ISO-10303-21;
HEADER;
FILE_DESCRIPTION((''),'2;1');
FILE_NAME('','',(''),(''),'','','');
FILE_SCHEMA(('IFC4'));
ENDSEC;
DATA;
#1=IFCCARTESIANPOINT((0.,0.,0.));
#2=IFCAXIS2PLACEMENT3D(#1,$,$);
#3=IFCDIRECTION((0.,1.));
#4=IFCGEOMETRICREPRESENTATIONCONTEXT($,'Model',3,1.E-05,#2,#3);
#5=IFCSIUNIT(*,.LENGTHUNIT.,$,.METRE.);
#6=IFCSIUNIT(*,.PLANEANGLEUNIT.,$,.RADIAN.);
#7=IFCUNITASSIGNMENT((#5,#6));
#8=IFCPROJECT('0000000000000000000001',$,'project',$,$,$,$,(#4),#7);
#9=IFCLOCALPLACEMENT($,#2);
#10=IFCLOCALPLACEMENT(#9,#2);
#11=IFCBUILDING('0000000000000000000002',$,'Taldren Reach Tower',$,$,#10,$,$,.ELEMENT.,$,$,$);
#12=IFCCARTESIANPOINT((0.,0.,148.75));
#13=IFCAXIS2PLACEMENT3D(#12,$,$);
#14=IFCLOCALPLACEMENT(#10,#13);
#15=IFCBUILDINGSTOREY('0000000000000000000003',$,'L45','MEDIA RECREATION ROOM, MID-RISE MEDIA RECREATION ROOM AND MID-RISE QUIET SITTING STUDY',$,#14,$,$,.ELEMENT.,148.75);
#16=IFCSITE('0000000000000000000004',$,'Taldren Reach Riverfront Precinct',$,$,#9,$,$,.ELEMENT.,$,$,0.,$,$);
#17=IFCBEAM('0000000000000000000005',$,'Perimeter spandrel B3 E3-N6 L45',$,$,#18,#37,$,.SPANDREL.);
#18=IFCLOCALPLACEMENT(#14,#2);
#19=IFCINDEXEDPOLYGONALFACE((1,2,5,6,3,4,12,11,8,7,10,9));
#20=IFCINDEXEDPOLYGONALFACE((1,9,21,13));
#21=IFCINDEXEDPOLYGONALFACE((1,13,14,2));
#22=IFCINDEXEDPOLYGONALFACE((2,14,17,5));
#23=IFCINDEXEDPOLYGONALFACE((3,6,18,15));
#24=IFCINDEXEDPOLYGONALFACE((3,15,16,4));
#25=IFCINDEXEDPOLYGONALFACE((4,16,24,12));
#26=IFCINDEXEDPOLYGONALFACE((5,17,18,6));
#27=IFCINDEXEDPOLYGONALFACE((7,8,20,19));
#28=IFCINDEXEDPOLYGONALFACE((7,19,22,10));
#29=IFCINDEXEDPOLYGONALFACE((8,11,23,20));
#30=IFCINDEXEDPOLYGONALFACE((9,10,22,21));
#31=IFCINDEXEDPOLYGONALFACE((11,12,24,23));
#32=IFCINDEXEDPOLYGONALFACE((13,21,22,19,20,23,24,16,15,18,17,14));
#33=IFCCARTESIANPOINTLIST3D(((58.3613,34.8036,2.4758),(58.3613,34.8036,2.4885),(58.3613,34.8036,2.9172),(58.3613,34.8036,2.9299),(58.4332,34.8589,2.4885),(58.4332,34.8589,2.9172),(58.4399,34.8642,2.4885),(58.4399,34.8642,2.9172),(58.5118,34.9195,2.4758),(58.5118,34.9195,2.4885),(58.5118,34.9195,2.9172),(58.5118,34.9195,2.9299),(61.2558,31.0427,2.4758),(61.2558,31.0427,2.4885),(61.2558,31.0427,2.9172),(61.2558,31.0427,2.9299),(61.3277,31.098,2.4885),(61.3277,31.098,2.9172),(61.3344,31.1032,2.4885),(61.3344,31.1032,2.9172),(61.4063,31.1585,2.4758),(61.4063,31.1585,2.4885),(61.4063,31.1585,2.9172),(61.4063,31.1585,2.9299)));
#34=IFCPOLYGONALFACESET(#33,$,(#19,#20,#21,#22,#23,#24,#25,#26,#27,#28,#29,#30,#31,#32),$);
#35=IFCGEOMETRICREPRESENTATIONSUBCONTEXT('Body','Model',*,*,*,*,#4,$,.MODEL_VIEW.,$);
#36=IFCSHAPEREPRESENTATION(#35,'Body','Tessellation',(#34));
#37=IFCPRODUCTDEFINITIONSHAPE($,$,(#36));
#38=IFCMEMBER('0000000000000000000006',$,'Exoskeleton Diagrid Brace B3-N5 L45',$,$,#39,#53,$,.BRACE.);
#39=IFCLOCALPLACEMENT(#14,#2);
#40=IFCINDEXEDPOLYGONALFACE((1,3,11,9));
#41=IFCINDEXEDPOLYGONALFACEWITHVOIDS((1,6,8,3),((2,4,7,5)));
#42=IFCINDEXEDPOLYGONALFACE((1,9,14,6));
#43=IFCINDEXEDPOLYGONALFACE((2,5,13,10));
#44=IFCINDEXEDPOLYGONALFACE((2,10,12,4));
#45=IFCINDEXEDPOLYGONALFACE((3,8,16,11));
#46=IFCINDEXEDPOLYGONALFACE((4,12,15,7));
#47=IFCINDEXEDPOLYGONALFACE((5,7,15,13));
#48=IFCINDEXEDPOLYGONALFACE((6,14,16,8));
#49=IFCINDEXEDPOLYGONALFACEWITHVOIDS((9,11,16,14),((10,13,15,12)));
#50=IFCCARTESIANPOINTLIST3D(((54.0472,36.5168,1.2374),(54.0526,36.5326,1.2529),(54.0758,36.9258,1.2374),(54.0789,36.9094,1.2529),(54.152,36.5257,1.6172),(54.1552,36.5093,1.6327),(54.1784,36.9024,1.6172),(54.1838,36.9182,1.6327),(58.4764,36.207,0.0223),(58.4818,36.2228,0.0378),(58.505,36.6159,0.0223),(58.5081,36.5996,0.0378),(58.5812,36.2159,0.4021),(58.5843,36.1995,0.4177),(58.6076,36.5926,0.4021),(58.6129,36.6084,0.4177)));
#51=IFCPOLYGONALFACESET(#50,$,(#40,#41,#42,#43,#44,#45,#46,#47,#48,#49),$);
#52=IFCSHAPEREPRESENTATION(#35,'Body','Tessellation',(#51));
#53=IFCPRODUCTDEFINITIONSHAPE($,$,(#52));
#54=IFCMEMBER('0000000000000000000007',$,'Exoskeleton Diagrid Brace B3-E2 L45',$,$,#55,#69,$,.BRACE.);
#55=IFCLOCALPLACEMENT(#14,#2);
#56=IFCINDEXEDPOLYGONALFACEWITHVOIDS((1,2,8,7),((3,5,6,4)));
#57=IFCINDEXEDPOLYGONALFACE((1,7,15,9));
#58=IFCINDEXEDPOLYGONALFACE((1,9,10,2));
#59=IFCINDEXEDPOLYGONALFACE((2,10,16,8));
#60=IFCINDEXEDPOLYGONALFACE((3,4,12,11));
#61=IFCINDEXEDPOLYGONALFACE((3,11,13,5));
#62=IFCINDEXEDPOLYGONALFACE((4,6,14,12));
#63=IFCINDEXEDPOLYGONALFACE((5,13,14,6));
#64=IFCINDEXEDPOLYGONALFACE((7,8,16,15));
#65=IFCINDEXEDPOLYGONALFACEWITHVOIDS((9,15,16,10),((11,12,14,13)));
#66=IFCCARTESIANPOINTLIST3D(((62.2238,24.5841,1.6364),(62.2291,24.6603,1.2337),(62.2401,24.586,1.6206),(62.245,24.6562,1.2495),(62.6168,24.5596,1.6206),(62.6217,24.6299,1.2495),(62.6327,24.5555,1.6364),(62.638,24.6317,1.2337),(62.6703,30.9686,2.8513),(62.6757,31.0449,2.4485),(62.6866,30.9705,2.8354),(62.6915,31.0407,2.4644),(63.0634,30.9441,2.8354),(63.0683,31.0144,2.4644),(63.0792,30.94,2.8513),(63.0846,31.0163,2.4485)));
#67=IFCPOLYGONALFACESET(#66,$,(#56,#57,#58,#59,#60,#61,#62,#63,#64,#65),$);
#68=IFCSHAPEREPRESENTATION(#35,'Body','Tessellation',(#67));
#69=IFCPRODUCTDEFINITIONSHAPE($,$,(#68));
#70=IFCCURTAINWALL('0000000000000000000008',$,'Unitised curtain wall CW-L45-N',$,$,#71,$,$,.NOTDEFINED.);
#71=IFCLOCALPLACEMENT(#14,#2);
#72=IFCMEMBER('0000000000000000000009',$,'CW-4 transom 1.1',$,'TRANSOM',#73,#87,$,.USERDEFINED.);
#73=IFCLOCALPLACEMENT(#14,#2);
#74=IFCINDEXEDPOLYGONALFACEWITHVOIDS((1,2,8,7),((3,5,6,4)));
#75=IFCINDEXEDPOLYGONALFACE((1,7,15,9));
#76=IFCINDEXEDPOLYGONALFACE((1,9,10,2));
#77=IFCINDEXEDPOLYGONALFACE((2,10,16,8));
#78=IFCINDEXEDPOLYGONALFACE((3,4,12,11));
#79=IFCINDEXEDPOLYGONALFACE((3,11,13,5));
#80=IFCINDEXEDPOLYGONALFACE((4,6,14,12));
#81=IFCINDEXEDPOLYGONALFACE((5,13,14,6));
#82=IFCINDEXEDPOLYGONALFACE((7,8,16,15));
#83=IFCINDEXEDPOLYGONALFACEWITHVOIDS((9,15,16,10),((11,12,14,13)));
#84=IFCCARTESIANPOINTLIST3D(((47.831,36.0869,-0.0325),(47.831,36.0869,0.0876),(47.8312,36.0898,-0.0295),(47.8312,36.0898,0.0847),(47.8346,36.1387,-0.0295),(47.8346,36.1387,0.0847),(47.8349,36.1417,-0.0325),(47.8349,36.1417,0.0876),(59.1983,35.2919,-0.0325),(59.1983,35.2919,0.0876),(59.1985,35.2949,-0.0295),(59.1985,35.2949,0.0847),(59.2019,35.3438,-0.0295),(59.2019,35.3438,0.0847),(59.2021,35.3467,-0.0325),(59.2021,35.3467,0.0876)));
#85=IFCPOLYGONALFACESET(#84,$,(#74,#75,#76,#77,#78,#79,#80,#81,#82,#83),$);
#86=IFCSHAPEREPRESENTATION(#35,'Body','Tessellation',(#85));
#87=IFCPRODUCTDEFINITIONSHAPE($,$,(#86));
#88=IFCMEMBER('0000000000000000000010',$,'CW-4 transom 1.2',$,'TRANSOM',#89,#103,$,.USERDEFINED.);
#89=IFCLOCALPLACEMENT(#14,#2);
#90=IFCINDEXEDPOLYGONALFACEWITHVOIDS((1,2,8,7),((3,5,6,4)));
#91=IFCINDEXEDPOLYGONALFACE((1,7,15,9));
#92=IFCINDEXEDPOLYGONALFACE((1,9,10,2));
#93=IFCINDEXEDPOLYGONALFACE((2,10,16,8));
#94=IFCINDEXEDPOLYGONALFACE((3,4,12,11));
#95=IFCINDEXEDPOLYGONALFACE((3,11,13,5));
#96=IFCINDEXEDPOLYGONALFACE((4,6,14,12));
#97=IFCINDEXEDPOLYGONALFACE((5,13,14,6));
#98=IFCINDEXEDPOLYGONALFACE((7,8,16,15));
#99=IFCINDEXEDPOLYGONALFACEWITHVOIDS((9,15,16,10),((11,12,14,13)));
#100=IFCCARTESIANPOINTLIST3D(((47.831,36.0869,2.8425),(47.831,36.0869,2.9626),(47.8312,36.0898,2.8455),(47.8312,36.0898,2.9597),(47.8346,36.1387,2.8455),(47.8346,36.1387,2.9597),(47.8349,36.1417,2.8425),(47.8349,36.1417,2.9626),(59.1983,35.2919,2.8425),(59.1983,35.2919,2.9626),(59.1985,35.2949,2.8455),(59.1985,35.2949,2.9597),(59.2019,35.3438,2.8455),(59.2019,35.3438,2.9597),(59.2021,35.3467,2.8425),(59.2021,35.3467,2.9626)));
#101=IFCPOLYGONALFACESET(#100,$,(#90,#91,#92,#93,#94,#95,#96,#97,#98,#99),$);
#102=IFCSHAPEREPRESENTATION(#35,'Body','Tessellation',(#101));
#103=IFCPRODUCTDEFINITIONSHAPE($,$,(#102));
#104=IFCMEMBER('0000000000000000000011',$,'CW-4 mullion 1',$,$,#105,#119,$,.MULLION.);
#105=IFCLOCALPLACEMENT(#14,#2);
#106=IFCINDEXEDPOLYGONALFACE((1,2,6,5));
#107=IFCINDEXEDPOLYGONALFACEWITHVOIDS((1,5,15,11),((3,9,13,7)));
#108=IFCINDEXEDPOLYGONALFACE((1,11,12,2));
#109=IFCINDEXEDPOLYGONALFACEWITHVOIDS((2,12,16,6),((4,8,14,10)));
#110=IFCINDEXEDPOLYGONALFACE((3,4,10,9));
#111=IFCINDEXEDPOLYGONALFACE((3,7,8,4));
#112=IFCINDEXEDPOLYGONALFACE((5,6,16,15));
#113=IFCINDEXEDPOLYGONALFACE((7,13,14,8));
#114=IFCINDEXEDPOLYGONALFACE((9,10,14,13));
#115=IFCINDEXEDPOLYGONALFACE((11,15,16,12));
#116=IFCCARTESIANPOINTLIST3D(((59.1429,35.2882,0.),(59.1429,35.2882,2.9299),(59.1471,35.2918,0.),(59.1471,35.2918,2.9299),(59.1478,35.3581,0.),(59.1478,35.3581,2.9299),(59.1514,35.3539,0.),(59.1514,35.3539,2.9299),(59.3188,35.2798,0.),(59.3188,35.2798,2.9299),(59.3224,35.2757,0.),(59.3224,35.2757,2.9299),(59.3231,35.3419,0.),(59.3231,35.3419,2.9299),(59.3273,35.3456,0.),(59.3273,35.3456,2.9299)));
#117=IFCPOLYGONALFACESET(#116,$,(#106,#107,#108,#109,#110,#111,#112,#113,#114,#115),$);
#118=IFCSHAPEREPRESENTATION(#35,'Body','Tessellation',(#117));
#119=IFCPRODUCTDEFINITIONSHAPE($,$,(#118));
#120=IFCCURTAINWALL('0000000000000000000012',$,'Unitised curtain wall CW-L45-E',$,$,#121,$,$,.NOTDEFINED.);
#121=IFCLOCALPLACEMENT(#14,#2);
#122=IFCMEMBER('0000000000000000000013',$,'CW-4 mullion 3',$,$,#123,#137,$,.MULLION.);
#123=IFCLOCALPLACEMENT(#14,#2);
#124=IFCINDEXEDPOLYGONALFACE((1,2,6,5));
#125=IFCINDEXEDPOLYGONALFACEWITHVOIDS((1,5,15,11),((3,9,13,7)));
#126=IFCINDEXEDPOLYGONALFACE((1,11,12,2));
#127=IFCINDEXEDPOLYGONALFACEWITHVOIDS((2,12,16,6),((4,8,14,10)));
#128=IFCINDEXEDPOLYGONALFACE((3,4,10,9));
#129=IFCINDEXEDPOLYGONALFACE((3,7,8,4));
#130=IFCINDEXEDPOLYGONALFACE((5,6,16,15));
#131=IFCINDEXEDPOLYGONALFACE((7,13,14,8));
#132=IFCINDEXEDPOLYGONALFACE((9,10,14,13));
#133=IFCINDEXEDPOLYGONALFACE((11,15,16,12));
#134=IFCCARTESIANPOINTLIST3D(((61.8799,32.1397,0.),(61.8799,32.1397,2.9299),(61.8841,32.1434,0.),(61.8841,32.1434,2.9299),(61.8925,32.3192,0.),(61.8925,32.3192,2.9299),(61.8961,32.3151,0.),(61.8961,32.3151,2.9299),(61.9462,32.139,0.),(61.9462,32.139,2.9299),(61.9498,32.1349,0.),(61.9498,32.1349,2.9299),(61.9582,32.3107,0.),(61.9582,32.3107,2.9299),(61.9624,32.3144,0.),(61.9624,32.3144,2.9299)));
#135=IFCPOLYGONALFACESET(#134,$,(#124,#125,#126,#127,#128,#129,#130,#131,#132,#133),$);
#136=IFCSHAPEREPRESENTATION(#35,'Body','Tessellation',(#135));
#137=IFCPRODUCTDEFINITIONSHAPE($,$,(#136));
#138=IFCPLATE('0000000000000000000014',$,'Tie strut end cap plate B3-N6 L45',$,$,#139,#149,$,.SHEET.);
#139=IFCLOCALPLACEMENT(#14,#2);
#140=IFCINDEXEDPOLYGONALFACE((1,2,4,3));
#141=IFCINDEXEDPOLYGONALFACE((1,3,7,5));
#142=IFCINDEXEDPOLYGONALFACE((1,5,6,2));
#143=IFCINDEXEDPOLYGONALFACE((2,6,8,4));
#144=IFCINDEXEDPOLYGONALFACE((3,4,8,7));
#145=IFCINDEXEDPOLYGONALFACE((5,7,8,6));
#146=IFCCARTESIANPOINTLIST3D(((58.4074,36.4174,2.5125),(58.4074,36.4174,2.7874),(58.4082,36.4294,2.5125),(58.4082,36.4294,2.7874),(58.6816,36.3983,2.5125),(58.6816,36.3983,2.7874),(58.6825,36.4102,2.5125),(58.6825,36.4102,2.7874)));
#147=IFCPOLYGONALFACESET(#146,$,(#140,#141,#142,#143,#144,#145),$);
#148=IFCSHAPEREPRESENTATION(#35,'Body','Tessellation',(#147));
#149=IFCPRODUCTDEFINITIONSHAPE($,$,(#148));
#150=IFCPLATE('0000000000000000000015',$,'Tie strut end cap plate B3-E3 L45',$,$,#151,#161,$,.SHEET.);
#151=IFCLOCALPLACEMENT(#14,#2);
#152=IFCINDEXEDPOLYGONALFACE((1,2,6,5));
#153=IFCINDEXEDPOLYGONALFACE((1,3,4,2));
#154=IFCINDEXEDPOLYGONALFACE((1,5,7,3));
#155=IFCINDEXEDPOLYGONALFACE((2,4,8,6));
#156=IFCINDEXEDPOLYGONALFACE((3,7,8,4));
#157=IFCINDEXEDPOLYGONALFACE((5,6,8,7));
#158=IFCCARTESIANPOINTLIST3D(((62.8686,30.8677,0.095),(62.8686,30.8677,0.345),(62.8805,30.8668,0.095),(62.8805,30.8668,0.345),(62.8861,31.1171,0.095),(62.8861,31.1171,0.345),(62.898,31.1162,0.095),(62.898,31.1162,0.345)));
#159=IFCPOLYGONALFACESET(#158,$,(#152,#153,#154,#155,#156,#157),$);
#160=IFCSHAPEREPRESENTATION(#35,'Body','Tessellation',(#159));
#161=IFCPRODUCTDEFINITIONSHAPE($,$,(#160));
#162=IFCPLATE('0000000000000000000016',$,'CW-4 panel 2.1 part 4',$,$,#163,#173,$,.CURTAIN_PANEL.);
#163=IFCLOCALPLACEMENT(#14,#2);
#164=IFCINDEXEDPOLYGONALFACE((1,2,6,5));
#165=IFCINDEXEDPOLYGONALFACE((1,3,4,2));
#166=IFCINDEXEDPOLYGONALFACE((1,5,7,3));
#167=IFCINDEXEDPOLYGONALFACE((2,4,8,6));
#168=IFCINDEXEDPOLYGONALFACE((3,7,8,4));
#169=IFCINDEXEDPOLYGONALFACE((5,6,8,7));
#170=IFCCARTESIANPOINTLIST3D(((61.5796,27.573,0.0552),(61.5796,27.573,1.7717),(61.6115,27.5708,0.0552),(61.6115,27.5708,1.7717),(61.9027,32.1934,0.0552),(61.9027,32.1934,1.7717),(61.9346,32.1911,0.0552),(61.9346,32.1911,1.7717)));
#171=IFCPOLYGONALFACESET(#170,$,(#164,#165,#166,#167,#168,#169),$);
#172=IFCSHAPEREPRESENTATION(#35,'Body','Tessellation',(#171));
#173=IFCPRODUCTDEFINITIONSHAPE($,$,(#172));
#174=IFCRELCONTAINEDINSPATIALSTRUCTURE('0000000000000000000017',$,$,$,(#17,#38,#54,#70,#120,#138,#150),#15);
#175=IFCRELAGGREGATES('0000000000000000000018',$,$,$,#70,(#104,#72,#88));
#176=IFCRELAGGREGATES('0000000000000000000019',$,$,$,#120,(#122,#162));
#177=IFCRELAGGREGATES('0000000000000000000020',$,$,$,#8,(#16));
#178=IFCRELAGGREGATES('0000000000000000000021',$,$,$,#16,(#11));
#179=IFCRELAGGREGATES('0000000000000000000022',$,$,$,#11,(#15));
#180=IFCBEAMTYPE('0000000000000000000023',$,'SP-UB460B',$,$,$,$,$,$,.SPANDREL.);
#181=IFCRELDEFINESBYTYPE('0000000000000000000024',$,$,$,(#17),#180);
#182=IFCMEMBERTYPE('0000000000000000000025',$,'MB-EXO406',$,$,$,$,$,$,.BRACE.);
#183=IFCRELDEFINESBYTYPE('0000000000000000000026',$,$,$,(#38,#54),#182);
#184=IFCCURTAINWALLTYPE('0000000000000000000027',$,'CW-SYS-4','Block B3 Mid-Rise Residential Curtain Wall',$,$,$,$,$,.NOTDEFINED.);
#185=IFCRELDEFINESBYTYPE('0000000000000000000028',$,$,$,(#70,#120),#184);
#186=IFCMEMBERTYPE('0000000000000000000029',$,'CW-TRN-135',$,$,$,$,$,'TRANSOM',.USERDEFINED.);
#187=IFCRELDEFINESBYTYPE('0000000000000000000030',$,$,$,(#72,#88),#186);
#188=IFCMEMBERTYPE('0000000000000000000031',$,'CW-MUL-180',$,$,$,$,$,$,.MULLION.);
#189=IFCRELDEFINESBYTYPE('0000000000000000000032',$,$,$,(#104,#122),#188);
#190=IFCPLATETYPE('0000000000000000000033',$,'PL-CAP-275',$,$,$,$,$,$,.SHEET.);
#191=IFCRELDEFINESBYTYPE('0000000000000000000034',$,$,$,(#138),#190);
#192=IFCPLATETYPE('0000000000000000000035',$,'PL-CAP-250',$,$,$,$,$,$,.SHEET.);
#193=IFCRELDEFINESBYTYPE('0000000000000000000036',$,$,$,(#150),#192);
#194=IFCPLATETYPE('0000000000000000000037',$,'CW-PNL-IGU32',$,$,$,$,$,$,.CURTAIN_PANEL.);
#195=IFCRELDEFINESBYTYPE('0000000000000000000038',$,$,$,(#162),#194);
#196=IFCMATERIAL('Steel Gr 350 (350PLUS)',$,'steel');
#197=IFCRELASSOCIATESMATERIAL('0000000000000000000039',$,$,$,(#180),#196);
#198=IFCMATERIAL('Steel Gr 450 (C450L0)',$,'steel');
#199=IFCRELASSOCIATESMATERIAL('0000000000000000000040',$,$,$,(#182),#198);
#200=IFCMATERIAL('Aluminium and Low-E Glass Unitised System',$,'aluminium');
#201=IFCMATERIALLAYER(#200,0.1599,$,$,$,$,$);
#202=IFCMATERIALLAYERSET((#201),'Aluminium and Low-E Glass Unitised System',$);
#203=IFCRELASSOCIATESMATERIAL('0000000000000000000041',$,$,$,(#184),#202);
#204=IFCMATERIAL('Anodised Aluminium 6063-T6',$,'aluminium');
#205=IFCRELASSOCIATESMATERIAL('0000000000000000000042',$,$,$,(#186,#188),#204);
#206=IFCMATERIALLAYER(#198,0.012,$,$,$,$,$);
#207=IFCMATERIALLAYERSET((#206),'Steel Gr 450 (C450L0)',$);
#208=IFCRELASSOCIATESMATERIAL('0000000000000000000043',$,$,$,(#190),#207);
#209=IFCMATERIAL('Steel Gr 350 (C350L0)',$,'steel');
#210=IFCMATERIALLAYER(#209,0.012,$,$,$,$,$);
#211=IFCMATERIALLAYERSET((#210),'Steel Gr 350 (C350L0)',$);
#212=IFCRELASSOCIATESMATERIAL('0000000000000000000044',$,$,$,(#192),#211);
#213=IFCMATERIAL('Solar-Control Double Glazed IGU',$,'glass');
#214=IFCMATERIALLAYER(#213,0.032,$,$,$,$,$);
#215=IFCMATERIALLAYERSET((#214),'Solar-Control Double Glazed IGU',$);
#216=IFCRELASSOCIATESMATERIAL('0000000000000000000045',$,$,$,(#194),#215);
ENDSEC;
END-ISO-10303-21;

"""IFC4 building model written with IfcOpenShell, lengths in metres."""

from ifc_helpers import new_model, si_unit, direction, frame, origin, origin_2d, place, context, subcontext, project, spatial, rectangle, hollow_rectangle, i_section, extrude, source, transform, mapped, material, layer, layer_set, material_profile, profile_set, type_object, element, aggregate, save


model = new_model("IFC4")

# Units and contexts
model_context = context("Model", 3, precision=1e-05, world=origin(), true_north=direction((0.0, 1.0)))
body_context = subcontext(model_context, "Body", "Model", "MODEL_VIEW")
ifc_project = project(units=[si_unit("LENGTHUNIT", "METRE"), si_unit("PLANEANGLEUNIT", "RADIAN")], contexts=[model_context])

# Site, building, storey
site_placement = place(None, origin())
site = spatial("IfcSite", under=ifc_project, at=site_placement, Name="Taldren Reach Riverfront Precinct", CompositionType="ELEMENT", RefElevation=0.0)
building_placement = place(site_placement, origin())
building = spatial("IfcBuilding", under=site, at=building_placement, Name="Taldren Reach Tower", CompositionType="ELEMENT")
storey_placement = place(building_placement, frame((0.0, 0.0, 148.75)))
storey = spatial("IfcBuildingStorey", under=building, at=storey_placement, Name="L45", Description="MEDIA RECREATION ROOM, MID-RISE MEDIA RECREATION ROOM AND MID-RISE QUIET SITTING STUDY", CompositionType="ELEMENT", Elevation=148.75)

# Shared definitions
ifc_material_1 = material(Name="Steel Gr 450 (C450L0)", Category="steel")
ifc_material_2 = material(Name="Steel Gr 350 (350PLUS)", Category="steel")

# Shared definitions
ifc_material_3 = material(Name="Steel Gr 350 (C350L0)", Category="steel")

# Beam
ifc_material_profile_1 = material_profile(ifc_material_2, i_section(OverallWidth=0.1899, OverallDepth=0.4541, WebThickness=0.0085, FlangeThickness=0.0127, at=origin_2d()), Name="460UB67.1")
ifc_profile_set_1 = profile_set([ifc_material_profile_1], Name="Steel Gr 350 (350PLUS)")
beam_type = type_object("IfcBeamType", Name="SP-UB460B", PredefinedType="SPANDREL", material=ifc_profile_set_1)
shared_shape_1 = source(origin(), body_context, "Body", "SweptSolid", [
    extrude(i_section(OverallWidth=0.1899, OverallDepth=0.4541, WebThickness=0.0085, FlangeThickness=0.0127, at=origin_2d()), origin(), (0.0, 0.0, 1.0), 4.7458),
])
beam_1_placement = place(storey_placement, frame((61.3311, 31.1006, 2.7029), z_axis=(-0.609905, 0.792475, 0.0), x_axis=(-0.792475, -0.609905, 0.0)))
element("IfcBeam", 1, at=beam_1_placement, inside=storey, type_object=beam_type, Name="Perimeter spandrel B3 E3-N6 L45", PredefinedType="SPANDREL", context=body_context, shape_type="MappedRepresentation", body=[
    mapped(shared_shape_1, transform((0.0, 0.0, 0.0), scale=1.0)),
])

# Members
ifc_material_profile_2 = material_profile(ifc_material_1, hollow_rectangle(XDim=0.4099, YDim=0.4099, WallThickness=0.0161, at=origin_2d()), Name="410x410x16.0SHS")
ifc_profile_set_2 = profile_set([ifc_material_profile_2], Name="Steel Gr 450 (C450L0)")
member_type_1 = type_object("IfcMemberType", Name="MB-EXO406", PredefinedType="BRACE", material=ifc_profile_set_2)
shared_shape_2 = source(origin(), body_context, "Body", "SweptSolid", [
    extrude(hollow_rectangle(XDim=0.4099, YDim=0.4099, WallThickness=0.0161, at=origin_2d()), origin(), (0.0, 0.0, 1.0), 4.6033),
])
member_1_placement = place(storey_placement, frame((58.5447, 36.4077, 0.22), z_axis=(-0.962182, 0.067303, 0.263961), x_axis=(-0.069778, -0.997563, 0.0)))
element("IfcMember", 2, at=member_1_placement, inside=storey, type_object=member_type_1, Name="Exoskeleton Diagrid Brace B3-N5 L45", PredefinedType="BRACE", context=body_context, shape_type="MappedRepresentation", body=[
    mapped(shared_shape_2, transform((0.0, 0.0, 0.0), scale=1.0)),
])
shared_shape_3 = source(origin(), body_context, "Body", "SweptSolid", [
    extrude(hollow_rectangle(XDim=0.4099, YDim=0.4099, WallThickness=0.0161, at=origin_2d()), origin(), (0.0, 0.0, 1.0), 6.5144),
])
member_2_placement = place(storey_placement, frame((62.4309, 24.6079, 1.4351), z_axis=(0.068546, 0.980063, 0.186486), x_axis=(-0.997563, 0.06977, 0.0)))
element("IfcMember", 3, at=member_2_placement, inside=storey, type_object=member_type_1, Name="Exoskeleton Diagrid Brace B3-E2 L45", PredefinedType="BRACE", context=body_context, shape_type="MappedRepresentation", body=[
    mapped(shared_shape_3, transform((0.0, 0.0, 0.0), scale=1.0)),
])

# Curtain wall, members
ifc_material_4 = material(Name="Aluminium and Low-E Glass Unitised System", Category="aluminium")
ifc_layer_1 = layer(ifc_material_4, 0.1599)
ifc_layer_set_1 = layer_set([ifc_layer_1], Name="Aluminium and Low-E Glass Unitised System")
curtain_wall_type = type_object("IfcCurtainWallType", Name="CW-SYS-4", Description="Block B3 Mid-Rise Residential Curtain Wall", PredefinedType="NOTDEFINED", material=ifc_layer_set_1)
curtain_wall_1_placement = place(storey_placement, origin())
curtain_wall_1 = element("IfcCurtainWall", 4, at=curtain_wall_1_placement, inside=storey, type_object=curtain_wall_type, Name="Unitised curtain wall CW-L45-N", PredefinedType="NOTDEFINED")
ifc_material_5 = material(Name="Anodised Aluminium 6063-T6", Category="aluminium")
ifc_material_profile_3 = material_profile(ifc_material_5, hollow_rectangle(XDim=0.0549, YDim=0.1201, WallThickness=0.0029, at=origin_2d()), Name="ALU-120x55x3RHS")
ifc_profile_set_3 = profile_set([ifc_material_profile_3], Name="Anodised Aluminium 6063-T6")
member_type_2 = type_object("IfcMemberType", Name="CW-TRN-135", ElementType="TRANSOM", PredefinedType="USERDEFINED", material=ifc_profile_set_3)
shared_shape_4 = source(origin(), body_context, "Body", "SweptSolid", [
    extrude(hollow_rectangle(XDim=0.0549, YDim=0.1201, WallThickness=0.0029, at=origin_2d()), origin(), (0.0, 0.0, 1.0), 11.395),
])
member_3_placement = place(storey_placement, frame((59.2002, 35.3193, 0.0276), z_axis=(-0.997564, 0.069761, 0.0), x_axis=(-0.069761, -0.997564, 0.0)))
member_3 = element("IfcMember", 5, at=member_3_placement, type_object=member_type_2, Name="CW-4 transom 1.1", ObjectType="TRANSOM", PredefinedType="USERDEFINED", context=body_context, shape_type="MappedRepresentation", body=[
    mapped(shared_shape_4, transform((0.0, 0.0, 0.0), scale=1.0)),
])
member_4_placement = place(storey_placement, frame((59.2002, 35.3193, 2.9026), z_axis=(-0.997564, 0.069761, 0.0), x_axis=(-0.069761, -0.997564, 0.0)))
member_4 = element("IfcMember", 6, at=member_4_placement, type_object=member_type_2, Name="CW-4 transom 1.2", ObjectType="TRANSOM", PredefinedType="USERDEFINED", context=body_context, shape_type="MappedRepresentation", body=[
    mapped(shared_shape_4, transform((0.0, 0.0, 0.0), scale=1.0)),
])
ifc_material_profile_4 = material_profile(ifc_material_5, hollow_rectangle(XDim=0.0701, YDim=0.1799, WallThickness=0.0039, at=origin_2d()), Name="ALU-180x70x4RHS")
ifc_profile_set_4 = profile_set([ifc_material_profile_4], Name="Anodised Aluminium 6063-T6")
member_type_3 = type_object("IfcMemberType", Name="CW-MUL-180", PredefinedType="MULLION", material=ifc_profile_set_4)
shared_shape_5 = source(origin(), body_context, "Body", "SweptSolid", [
    extrude(hollow_rectangle(XDim=0.0701, YDim=0.1799, WallThickness=0.0039, at=origin_2d()), origin(), (0.0, 0.0, 1.0), 2.9299),
])
member_5_placement = place(storey_placement, frame((59.2351, 35.3169, 0.0), z_axis=(0.0, 0.0, 1.0), x_axis=(-0.069757, -0.997564, 0.0)))
member_5 = element("IfcMember", 7, at=member_5_placement, type_object=member_type_3, Name="CW-4 mullion 1", PredefinedType="MULLION", context=body_context, shape_type="MappedRepresentation", body=[
    mapped(shared_shape_5, transform((0.0, 0.0, 0.0), scale=1.0)),
])
aggregate(curtain_wall_1, [member_5, member_3, member_4])

# Curtain wall, member
curtain_wall_2_placement = place(storey_placement, origin())
curtain_wall_2 = element("IfcCurtainWall", 8, at=curtain_wall_2_placement, inside=storey, type_object=curtain_wall_type, Name="Unitised curtain wall CW-L45-E", PredefinedType="NOTDEFINED")
member_6_placement = place(storey_placement, frame((61.9211, 32.2271, 0.0), z_axis=(0.0, 0.0, 1.0), x_axis=(-0.997564, 0.069756, 0.0)))
member_6 = element("IfcMember", 9, at=member_6_placement, type_object=member_type_3, Name="CW-4 mullion 3", PredefinedType="MULLION", context=body_context, shape_type="MappedRepresentation", body=[
    mapped(shared_shape_5, transform((0.0, 0.0, 0.0), scale=1.0)),
])

# Plates
ifc_layer_2 = layer(ifc_material_1, 0.012)
ifc_layer_set_2 = layer_set([ifc_layer_2], Name="Steel Gr 450 (C450L0)")
plate_type_1 = type_object("IfcPlateType", Name="PL-CAP-275", PredefinedType="SHEET", material=ifc_layer_set_2)
shared_shape_6 = source(origin(), body_context, "Body", "SweptSolid", [
    extrude(rectangle(XDim=0.2749, YDim=0.012, at=origin_2d()), origin(), (0.0, 0.0, 1.0), 0.2749),
])
plate_1_placement = place(storey_placement, frame((58.5449, 36.4138, 2.5125), z_axis=(0.0, 0.0, 1.0), x_axis=(0.997564, -0.069756, 0.0)))
element("IfcPlate", 10, at=plate_1_placement, inside=storey, type_object=plate_type_1, Name="Tie strut end cap plate B3-N6 L45", PredefinedType="SHEET", context=body_context, shape_type="MappedRepresentation", body=[
    mapped(shared_shape_6, transform((0.0, 0.0, 0.0), scale=1.0)),
])
ifc_layer_3 = layer(ifc_material_3, 0.012)
ifc_layer_set_3 = layer_set([ifc_layer_3], Name="Steel Gr 350 (C350L0)")
plate_type_2 = type_object("IfcPlateType", Name="PL-CAP-250", PredefinedType="SHEET", material=ifc_layer_set_3)
shared_shape_7 = source(origin(), body_context, "Body", "SweptSolid", [
    extrude(rectangle(XDim=0.012, YDim=0.25, at=origin_2d()), origin(), (0.0, 0.0, 1.0), 0.25),
])
plate_2_placement = place(storey_placement, frame((62.8833, 30.9919, 0.095), z_axis=(0.0, 0.0, 1.0), x_axis=(0.997564, -0.069756, 0.0)))
element("IfcPlate", 11, at=plate_2_placement, inside=storey, type_object=plate_type_2, Name="Tie strut end cap plate B3-E3 L45", PredefinedType="SHEET", context=body_context, shape_type="MappedRepresentation", body=[
    mapped(shared_shape_7, transform((0.0, 0.0, 0.0), scale=1.0)),
])

# Plate
ifc_material_6 = material(Name="Solar-Control Double Glazed IGU", Category="glass")
ifc_layer_4 = layer(ifc_material_6, 0.032)
ifc_layer_set_4 = layer_set([ifc_layer_4], Name="Solar-Control Double Glazed IGU")
plate_type_3 = type_object("IfcPlateType", Name="CW-PNL-IGU32", PredefinedType="CURTAIN_PANEL", material=ifc_layer_set_4)
shared_shape_8 = source(origin(), body_context, "Body", "SweptSolid", [
    extrude(rectangle(XDim=4.6316, YDim=0.032, at=origin_2d()), origin(), (0.0, 0.0, 1.0), 1.7166),
])
plate_3_placement = place(storey_placement, frame((61.7571, 29.8821, 0.0552), z_axis=(0.0, 0.0, 1.0), x_axis=(0.069756, 0.997564, 0.0)))
plate_3 = element("IfcPlate", 12, at=plate_3_placement, type_object=plate_type_3, Name="CW-4 panel 2.1 part 4", PredefinedType="CURTAIN_PANEL", context=body_context, shape_type="MappedRepresentation", body=[
    mapped(shared_shape_8, transform((0.0, 0.0, 0.0), scale=1.0)),
])
aggregate(curtain_wall_2, [member_6, plate_3])

save(model, "model.ifc")
